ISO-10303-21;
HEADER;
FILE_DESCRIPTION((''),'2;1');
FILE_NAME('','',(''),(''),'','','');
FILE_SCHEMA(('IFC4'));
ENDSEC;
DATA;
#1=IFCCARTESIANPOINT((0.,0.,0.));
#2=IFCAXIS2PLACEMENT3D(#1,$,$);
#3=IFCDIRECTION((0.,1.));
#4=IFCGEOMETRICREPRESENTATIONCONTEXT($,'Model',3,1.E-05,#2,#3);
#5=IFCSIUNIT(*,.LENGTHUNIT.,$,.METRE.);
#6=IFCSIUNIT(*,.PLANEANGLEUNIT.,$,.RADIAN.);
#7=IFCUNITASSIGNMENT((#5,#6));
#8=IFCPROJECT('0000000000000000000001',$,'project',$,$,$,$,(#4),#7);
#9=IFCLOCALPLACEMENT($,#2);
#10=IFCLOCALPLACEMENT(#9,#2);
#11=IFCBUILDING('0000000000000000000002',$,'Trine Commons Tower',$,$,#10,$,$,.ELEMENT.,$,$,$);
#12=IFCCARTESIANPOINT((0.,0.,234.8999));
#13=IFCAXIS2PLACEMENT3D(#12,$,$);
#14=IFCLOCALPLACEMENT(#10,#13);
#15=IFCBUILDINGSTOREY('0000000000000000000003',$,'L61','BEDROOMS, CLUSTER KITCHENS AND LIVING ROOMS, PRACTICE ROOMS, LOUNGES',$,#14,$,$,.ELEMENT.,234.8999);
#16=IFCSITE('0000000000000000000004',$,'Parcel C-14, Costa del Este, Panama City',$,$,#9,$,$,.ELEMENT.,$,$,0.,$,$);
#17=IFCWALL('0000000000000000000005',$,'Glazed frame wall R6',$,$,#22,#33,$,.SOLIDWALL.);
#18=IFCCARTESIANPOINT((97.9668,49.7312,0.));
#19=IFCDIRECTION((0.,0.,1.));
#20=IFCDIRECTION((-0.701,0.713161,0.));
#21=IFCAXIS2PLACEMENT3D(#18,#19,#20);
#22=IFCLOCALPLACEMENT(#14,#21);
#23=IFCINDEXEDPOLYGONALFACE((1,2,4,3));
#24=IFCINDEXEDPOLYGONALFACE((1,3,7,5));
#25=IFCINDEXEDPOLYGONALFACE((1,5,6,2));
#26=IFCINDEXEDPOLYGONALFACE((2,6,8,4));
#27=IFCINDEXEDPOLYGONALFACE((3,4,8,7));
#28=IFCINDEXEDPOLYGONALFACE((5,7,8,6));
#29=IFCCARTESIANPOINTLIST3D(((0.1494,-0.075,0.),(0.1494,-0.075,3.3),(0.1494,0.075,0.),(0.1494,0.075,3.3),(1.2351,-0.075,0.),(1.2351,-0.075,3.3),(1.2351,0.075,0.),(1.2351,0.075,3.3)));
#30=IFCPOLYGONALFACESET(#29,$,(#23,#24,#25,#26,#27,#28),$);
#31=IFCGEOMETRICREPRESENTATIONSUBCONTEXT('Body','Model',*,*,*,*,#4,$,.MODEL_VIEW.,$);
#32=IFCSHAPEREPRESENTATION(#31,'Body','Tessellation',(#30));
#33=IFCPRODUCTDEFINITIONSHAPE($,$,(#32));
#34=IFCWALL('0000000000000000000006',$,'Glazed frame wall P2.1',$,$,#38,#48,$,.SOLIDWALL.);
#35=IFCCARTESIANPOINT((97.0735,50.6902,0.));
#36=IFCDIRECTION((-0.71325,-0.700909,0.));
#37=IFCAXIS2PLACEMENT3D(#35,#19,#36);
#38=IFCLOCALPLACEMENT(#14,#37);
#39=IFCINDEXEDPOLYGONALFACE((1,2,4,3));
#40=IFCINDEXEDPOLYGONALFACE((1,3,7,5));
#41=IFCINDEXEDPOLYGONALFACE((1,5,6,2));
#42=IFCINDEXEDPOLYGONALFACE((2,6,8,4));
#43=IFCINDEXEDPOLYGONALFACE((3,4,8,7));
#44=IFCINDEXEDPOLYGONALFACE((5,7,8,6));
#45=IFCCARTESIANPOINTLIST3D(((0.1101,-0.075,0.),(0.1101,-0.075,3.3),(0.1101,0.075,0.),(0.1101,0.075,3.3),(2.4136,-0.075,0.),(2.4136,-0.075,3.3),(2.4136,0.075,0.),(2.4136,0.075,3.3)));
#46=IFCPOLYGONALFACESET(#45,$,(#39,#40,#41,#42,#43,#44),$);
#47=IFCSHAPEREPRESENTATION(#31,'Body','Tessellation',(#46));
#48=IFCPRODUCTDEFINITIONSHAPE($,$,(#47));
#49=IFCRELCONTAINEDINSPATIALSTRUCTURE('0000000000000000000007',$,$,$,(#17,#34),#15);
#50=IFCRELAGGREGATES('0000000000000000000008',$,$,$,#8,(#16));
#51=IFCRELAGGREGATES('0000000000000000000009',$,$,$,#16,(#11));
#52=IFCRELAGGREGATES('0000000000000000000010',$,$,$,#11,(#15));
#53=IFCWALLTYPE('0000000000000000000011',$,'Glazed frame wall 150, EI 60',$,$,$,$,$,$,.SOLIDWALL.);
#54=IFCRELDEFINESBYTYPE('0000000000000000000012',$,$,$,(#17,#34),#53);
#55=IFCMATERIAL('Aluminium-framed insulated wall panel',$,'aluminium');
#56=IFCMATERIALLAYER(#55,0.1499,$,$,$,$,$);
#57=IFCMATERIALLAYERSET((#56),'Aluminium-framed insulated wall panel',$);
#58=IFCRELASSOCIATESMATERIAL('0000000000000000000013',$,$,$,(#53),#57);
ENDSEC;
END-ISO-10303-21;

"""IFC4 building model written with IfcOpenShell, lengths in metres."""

from ifc_helpers import new_model, si_unit, direction, frame, origin, place, context, subcontext, project, spatial, polyline, outline, extrude, material, layer, layer_set, type_object, element, save


model = new_model("IFC4")

# Units and contexts
model_context = context("Model", 3, precision=1e-05, world=origin(), true_north=direction((0.0, 1.0)))
body_context = subcontext(model_context, "Body", "Model", "MODEL_VIEW")
ifc_project = project(units=[si_unit("LENGTHUNIT", "METRE"), si_unit("PLANEANGLEUNIT", "RADIAN")], contexts=[model_context])

# Site, building, storey
site_placement = place(None, origin())
site = spatial("IfcSite", under=ifc_project, at=site_placement, Name="Parcel C-14, Costa del Este, Panama City", CompositionType="ELEMENT", RefElevation=0.0)
building_placement = place(site_placement, origin())
building = spatial("IfcBuilding", under=site, at=building_placement, Name="Trine Commons Tower", CompositionType="ELEMENT")
storey_placement = place(building_placement, frame((0.0, 0.0, 234.8999)))
storey = spatial("IfcBuildingStorey", under=building, at=storey_placement, Name="L61", Description="BEDROOMS, CLUSTER KITCHENS AND LIVING ROOMS, PRACTICE ROOMS, LOUNGES", CompositionType="ELEMENT", Elevation=234.8999)

# Walls
ifc_material_1 = material(Name="Aluminium-framed insulated wall panel", Category="aluminium")
ifc_layer_1 = layer(ifc_material_1, 0.1499)
ifc_layer_set_1 = layer_set([ifc_layer_1], Name="Aluminium-framed insulated wall panel")
wall_type_1 = type_object("IfcWallType", Name="Glazed frame wall 150, EI 60", PredefinedType="SOLIDWALL", material=ifc_layer_set_1)
wall_1_placement = place(storey_placement, frame((97.9668, 49.7312, 0.0), z_axis=(0.0, 0.0, 1.0), x_axis=(-0.701, 0.713161, 0.0)))
element("IfcWall", 1, at=wall_1_placement, inside=storey, type_object=wall_type_1, Name="Glazed frame wall R6", PredefinedType="SOLIDWALL", context=body_context, shape_type="SweptSolid", body=[
    extrude(outline(polyline([(0.1494, 0.075), (0.1494, -0.075), (1.2351, -0.075), (1.2351, 0.075), (0.1494, 0.075)])), origin(), (0.0, 0.0, 1.0), 3.3),
])
wall_2_placement = place(storey_placement, frame((97.0735, 50.6902, 0.0), z_axis=(0.0, 0.0, 1.0), x_axis=(-0.71325, -0.700909, 0.0)))
element("IfcWall", 2, at=wall_2_placement, inside=storey, type_object=wall_type_1, Name="Glazed frame wall P2.1", PredefinedType="SOLIDWALL", context=body_context, shape_type="SweptSolid", body=[
    extrude(outline(polyline([(0.1101, -0.075), (2.4136, -0.075), (2.4136, 0.075), (0.1101, 0.075), (0.1101, -0.075)])), origin(), (0.0, 0.0, 1.0), 3.3),
])

save(model, "model.ifc")
